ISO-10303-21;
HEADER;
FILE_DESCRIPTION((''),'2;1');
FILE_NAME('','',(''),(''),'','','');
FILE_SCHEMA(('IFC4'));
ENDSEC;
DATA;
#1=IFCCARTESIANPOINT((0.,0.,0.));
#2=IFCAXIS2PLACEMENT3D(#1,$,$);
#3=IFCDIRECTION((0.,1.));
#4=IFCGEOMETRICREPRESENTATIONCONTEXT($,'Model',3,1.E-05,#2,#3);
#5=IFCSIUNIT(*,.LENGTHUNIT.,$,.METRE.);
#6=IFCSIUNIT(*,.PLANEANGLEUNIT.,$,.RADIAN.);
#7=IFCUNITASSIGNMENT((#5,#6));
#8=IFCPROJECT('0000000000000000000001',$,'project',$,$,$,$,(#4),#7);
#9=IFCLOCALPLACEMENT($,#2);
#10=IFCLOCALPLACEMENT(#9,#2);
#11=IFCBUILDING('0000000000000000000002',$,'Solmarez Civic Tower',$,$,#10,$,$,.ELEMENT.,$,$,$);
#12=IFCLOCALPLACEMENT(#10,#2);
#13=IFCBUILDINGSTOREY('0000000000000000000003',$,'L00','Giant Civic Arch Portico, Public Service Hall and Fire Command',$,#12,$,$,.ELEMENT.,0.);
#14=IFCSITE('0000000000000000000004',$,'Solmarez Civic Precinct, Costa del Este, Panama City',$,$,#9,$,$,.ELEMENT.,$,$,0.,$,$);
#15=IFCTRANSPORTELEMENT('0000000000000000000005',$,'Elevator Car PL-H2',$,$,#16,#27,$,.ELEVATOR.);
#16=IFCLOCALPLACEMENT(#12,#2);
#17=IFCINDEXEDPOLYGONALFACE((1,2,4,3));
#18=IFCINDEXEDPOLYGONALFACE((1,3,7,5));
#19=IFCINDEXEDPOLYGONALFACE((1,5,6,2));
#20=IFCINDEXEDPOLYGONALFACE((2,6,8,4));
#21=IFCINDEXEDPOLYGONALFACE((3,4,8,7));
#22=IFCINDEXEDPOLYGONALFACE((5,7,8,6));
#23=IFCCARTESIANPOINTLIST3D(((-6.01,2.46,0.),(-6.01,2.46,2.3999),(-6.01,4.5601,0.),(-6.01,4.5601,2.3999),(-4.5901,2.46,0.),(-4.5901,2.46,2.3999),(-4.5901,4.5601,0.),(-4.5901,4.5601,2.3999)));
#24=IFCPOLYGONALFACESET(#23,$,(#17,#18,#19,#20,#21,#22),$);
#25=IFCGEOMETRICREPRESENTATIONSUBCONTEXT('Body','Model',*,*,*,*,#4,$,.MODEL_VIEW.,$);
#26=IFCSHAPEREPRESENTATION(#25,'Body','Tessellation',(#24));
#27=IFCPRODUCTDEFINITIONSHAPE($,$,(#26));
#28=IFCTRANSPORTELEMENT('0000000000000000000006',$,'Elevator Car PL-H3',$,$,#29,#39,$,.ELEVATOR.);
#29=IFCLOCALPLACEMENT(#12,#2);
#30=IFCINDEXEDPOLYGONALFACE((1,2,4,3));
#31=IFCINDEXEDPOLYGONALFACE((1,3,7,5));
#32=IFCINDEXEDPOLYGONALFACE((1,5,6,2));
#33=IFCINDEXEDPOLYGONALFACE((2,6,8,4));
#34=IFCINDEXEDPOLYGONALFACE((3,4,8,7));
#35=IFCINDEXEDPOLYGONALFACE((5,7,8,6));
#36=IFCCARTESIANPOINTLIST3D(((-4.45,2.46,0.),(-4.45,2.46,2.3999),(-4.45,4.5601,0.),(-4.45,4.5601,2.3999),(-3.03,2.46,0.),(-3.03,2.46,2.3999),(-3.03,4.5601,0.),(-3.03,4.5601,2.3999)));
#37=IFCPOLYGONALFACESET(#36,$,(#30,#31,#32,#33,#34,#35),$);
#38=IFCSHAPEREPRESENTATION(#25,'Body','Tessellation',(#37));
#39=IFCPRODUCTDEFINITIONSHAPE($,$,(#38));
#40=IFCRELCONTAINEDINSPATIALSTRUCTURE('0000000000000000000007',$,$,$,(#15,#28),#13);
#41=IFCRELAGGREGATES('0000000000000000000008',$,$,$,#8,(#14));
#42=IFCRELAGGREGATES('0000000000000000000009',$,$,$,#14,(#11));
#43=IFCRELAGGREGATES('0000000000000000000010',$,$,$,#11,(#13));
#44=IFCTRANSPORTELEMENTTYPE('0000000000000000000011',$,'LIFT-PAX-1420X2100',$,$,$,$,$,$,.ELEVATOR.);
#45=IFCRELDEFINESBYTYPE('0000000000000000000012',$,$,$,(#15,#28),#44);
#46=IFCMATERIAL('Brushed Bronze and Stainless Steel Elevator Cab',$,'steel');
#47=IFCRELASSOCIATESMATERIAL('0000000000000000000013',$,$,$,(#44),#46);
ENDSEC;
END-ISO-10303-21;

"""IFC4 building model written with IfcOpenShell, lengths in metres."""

from ifc_helpers import new_model, si_unit, direction, frame, origin, origin_2d, place, context, subcontext, project, spatial, rectangle, extrude, material, type_object, element, save


model = new_model("IFC4")

# Units and contexts
model_context = context("Model", 3, precision=1e-05, world=origin(), true_north=direction((0.0, 1.0)))
body_context = subcontext(model_context, "Body", "Model", "MODEL_VIEW")
ifc_project = project(units=[si_unit("LENGTHUNIT", "METRE"), si_unit("PLANEANGLEUNIT", "RADIAN")], contexts=[model_context])

# Site, building, storey
site_placement = place(None, origin())
site = spatial("IfcSite", under=ifc_project, at=site_placement, Name="Solmarez Civic Precinct, Costa del Este, Panama City", CompositionType="ELEMENT", RefElevation=0.0)
building_placement = place(site_placement, origin())
building = spatial("IfcBuilding", under=site, at=building_placement, Name="Solmarez Civic Tower", CompositionType="ELEMENT")
storey_placement = place(building_placement, origin())
storey = spatial("IfcBuildingStorey", under=building, at=storey_placement, Name="L00", Description="Giant Civic Arch Portico, Public Service Hall and Fire Command", CompositionType="ELEMENT", Elevation=0.0)

# Transport elements
ifc_material_1 = material(Name="Brushed Bronze and Stainless Steel Elevator Cab", Category="steel")
transport_element_type = type_object("IfcTransportElementType", Name="LIFT-PAX-1420X2100", PredefinedType="ELEVATOR", material=ifc_material_1)
for number, where, z_axis, x_axis, name in (
    (1, (-5.3, 3.51, 0.0), (0.0, 0.0, 1.0), (1.0, 0.0, 0.0), "Elevator Car PL-H2"),
    (2, (-3.74, 3.51, 0.0), (0.0, 0.0, 1.0), (1.0, 0.0, 0.0), "Elevator Car PL-H3"),
):
    element("IfcTransportElement", number, at=place(storey_placement, frame(where, z_axis=z_axis, x_axis=x_axis)), inside=storey, type_object=transport_element_type, Name=name, PredefinedType="ELEVATOR", context=body_context, shape_type="SweptSolid", body=[
        extrude(rectangle(XDim=1.4199, YDim=2.1001, at=origin_2d()), origin(), (0.0, 0.0, 1.0), 2.3999),
    ])

save(model, "model.ifc")
